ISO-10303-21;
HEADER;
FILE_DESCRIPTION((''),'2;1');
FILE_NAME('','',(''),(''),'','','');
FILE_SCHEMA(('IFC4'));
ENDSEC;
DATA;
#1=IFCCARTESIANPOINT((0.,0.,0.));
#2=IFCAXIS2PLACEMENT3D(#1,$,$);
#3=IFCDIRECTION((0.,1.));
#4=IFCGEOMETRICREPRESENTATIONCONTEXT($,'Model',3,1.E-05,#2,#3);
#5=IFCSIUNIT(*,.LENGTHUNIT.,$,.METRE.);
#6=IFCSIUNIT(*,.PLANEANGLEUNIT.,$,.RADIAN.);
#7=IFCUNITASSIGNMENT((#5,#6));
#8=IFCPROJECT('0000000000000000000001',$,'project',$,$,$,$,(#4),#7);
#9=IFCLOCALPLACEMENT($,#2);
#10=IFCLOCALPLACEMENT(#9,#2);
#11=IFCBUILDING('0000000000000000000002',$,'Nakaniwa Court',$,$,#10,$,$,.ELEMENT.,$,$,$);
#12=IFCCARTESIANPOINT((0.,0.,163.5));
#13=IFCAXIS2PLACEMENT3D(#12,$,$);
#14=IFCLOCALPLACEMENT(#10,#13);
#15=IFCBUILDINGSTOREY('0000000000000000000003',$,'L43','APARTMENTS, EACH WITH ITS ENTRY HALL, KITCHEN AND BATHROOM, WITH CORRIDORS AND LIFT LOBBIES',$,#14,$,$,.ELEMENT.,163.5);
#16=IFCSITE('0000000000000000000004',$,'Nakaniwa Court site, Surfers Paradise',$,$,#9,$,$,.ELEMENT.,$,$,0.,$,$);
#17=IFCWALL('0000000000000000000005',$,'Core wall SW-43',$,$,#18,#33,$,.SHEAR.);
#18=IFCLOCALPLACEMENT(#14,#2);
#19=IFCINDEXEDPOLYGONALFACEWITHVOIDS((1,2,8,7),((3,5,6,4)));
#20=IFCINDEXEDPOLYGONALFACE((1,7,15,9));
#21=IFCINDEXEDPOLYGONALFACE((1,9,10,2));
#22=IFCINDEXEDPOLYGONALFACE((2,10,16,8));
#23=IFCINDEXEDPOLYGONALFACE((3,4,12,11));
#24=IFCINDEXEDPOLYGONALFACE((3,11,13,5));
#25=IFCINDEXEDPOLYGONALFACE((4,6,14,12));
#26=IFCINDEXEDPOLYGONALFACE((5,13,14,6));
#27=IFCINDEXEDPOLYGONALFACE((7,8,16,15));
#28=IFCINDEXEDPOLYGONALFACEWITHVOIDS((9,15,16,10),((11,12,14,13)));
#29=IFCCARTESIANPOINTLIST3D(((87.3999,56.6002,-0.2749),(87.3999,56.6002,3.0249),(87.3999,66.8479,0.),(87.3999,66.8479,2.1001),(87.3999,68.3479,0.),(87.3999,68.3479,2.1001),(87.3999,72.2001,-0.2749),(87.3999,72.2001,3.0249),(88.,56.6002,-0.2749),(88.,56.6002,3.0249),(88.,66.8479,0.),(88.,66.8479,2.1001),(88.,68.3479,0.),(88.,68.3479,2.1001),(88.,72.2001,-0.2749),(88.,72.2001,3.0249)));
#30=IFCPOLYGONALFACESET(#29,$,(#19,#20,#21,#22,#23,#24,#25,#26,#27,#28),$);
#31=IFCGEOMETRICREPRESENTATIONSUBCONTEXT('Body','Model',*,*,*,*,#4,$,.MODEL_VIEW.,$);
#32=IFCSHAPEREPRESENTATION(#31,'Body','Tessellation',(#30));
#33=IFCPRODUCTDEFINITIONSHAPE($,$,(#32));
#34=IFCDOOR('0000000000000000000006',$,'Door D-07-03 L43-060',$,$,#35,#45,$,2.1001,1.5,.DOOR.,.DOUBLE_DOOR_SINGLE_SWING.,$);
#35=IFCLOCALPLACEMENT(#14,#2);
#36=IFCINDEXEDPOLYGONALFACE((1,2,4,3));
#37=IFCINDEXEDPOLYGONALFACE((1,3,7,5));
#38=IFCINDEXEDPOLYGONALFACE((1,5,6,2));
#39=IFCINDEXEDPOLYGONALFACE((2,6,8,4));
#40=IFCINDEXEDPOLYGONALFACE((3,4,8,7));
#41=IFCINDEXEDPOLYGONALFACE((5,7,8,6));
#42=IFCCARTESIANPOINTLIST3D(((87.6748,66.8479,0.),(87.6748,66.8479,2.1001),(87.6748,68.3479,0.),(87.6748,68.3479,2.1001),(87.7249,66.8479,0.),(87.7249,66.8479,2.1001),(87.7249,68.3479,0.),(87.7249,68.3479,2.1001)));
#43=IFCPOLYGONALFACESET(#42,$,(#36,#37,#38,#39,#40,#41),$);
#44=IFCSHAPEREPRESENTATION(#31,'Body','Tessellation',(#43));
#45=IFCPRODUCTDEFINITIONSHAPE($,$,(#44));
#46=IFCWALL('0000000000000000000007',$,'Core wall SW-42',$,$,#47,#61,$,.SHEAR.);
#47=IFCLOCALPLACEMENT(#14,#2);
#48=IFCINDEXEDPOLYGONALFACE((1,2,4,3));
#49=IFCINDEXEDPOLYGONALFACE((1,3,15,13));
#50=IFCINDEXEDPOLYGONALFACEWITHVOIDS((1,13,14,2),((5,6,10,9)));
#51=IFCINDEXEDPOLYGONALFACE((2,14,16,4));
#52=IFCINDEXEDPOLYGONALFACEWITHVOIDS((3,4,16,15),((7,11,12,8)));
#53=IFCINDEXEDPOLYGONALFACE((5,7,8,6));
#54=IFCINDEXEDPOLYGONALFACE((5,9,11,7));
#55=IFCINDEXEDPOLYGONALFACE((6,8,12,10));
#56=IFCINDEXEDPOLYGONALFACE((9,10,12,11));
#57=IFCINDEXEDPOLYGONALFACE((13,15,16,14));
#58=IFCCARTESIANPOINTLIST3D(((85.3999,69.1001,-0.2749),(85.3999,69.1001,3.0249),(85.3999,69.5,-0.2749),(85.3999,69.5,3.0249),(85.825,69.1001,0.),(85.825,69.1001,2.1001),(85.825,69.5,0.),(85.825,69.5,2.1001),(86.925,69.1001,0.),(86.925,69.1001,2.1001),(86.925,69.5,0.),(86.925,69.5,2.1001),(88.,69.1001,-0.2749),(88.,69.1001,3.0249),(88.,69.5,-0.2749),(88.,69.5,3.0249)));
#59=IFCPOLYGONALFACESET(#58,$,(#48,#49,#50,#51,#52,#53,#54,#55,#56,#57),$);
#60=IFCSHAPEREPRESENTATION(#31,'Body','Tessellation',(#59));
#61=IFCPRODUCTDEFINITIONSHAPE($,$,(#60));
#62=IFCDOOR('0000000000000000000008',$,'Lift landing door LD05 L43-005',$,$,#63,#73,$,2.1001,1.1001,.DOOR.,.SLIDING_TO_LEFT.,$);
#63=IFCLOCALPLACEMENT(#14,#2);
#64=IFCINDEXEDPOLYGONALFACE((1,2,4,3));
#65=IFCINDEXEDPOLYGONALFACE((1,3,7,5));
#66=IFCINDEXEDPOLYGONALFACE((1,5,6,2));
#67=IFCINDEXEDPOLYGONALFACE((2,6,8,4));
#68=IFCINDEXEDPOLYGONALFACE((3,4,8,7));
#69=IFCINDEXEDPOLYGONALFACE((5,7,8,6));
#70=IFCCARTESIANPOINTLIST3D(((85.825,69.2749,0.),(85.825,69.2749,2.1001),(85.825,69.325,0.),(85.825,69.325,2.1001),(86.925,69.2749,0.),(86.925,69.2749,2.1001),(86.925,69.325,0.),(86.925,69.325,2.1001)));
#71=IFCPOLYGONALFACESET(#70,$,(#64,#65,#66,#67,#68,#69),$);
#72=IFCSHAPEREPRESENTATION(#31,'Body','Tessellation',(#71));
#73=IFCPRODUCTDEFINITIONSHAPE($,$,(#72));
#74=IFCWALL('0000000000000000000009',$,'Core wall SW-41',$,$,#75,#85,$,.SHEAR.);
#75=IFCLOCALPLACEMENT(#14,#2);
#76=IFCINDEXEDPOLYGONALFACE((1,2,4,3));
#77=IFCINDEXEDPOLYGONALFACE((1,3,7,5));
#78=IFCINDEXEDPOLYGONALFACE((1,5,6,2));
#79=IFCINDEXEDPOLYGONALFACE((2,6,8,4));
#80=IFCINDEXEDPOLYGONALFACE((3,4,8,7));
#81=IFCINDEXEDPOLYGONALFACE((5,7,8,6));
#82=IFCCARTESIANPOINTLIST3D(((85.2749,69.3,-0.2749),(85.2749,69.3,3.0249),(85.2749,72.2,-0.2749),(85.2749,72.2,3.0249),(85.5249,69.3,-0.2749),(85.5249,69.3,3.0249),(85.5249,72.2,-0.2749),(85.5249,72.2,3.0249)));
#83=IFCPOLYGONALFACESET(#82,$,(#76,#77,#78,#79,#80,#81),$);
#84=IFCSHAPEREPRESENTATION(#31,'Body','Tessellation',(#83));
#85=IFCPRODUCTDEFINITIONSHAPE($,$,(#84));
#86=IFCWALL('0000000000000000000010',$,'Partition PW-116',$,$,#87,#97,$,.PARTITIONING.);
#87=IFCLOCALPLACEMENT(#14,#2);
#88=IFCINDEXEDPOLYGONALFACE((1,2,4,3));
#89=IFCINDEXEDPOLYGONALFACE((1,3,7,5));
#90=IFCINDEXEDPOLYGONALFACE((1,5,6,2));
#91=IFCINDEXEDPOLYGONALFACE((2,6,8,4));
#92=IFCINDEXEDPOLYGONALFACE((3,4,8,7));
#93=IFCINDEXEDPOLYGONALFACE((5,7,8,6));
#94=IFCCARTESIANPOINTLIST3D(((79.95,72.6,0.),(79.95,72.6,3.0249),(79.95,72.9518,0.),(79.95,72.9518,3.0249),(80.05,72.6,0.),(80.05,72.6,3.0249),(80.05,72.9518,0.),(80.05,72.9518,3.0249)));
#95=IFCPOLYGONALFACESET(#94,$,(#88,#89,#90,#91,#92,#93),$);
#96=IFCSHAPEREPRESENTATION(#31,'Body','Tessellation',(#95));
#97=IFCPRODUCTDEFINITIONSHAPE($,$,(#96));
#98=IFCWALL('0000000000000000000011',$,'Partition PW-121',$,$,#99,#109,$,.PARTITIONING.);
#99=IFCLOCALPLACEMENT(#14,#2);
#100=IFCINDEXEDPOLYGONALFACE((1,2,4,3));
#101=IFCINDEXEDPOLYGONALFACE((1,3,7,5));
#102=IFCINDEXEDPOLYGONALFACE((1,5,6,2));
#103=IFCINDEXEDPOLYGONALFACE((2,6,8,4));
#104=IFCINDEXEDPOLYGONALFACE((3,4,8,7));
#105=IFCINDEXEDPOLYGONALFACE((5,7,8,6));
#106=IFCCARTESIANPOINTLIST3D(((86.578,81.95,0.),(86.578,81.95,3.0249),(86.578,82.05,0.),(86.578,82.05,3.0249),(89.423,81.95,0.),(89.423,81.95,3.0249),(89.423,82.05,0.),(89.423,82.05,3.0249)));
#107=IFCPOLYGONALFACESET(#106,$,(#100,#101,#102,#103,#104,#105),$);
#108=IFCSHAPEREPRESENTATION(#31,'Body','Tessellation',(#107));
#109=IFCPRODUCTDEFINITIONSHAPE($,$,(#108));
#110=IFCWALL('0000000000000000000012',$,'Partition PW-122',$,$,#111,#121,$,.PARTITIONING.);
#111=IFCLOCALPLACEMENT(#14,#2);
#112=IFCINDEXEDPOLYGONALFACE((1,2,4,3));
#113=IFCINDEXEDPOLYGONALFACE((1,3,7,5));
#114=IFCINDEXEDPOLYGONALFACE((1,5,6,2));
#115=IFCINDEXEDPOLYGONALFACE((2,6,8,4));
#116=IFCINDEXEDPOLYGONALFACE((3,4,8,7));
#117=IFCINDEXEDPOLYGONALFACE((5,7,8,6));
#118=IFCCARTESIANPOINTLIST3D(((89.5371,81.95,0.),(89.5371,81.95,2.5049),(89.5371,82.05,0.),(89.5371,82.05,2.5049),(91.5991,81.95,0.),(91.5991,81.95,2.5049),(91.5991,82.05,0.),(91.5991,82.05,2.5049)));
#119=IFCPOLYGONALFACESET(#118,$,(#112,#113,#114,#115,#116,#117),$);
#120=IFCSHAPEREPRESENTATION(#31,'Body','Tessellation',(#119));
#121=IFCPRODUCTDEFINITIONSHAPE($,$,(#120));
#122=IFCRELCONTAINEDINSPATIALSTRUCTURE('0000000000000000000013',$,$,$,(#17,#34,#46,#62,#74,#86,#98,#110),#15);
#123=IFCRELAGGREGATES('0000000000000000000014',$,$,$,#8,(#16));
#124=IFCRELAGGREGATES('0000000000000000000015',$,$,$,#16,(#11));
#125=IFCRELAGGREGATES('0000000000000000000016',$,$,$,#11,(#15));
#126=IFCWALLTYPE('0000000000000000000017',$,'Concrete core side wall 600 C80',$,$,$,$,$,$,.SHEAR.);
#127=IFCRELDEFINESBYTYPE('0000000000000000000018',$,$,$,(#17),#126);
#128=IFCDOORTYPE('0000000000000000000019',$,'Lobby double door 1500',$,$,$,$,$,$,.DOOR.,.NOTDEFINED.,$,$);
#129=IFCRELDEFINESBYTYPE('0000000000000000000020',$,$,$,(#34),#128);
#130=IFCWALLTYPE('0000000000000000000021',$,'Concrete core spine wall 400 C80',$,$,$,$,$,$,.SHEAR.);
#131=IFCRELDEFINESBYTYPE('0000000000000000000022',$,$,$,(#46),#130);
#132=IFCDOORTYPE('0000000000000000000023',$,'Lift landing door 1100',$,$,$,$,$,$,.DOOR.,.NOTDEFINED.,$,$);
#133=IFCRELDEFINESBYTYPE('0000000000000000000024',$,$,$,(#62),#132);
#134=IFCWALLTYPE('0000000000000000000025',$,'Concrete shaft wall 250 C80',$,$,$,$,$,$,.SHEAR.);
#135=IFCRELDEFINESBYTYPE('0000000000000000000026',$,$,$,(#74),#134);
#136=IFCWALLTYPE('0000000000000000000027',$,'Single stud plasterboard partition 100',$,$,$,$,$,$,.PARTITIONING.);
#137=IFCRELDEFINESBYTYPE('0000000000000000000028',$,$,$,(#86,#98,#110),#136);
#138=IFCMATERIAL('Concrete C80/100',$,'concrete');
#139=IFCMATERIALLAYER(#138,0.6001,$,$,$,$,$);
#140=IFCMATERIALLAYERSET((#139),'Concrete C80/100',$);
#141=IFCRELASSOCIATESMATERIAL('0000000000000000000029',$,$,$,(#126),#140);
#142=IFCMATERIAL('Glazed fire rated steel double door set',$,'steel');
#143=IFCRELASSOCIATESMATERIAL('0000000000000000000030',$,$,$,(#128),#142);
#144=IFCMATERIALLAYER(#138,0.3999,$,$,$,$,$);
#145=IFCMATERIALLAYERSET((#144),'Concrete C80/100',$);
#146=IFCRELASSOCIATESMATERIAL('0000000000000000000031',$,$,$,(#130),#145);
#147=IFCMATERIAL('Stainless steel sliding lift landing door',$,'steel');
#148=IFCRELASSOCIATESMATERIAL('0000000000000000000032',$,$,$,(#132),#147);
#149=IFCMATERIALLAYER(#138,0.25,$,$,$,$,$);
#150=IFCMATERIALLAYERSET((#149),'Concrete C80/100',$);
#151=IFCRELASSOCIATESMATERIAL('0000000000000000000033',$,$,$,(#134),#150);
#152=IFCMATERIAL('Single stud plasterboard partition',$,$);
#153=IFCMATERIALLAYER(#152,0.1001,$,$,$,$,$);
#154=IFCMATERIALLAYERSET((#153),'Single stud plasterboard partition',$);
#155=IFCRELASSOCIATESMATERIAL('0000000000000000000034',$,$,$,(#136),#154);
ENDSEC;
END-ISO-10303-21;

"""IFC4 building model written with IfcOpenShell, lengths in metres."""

from ifc_helpers import new_model, si_unit, direction, frame, frame_2d, origin, place, context, subcontext, project, spatial, rectangle, extrude, material, layer, layer_set, type_object, element, fill, save


model = new_model("IFC4")

# Units and contexts
model_context = context("Model", 3, precision=1e-05, world=origin(), true_north=direction((0.0, 1.0)))
body_context = subcontext(model_context, "Body", "Model", "MODEL_VIEW")
ifc_project = project(units=[si_unit("LENGTHUNIT", "METRE"), si_unit("PLANEANGLEUNIT", "RADIAN")], contexts=[model_context])

# Site, building, storey
site_placement = place(None, origin())
site = spatial("IfcSite", under=ifc_project, at=site_placement, Name="Nakaniwa Court site, Surfers Paradise", CompositionType="ELEMENT", RefElevation=0.0)
building_placement = place(site_placement, origin())
building = spatial("IfcBuilding", under=site, at=building_placement, Name="Nakaniwa Court", CompositionType="ELEMENT")
storey_placement = place(building_placement, frame((0.0, 0.0, 163.5)))
storey = spatial("IfcBuildingStorey", under=building, at=storey_placement, Name="L43", Description="APARTMENTS, EACH WITH ITS ENTRY HALL, KITCHEN AND BATHROOM, WITH CORRIDORS AND LIFT LOBBIES", CompositionType="ELEMENT", Elevation=163.5)

# Shared definitions
ifc_material_1 = material(Name="Concrete C80/100", Category="concrete")

# Walls, openings, doors
ifc_layer_1 = layer(ifc_material_1, 0.6001)
ifc_layer_set_1 = layer_set([ifc_layer_1], Name="Concrete C80/100")
wall_type_1 = type_object("IfcWallType", Name="Concrete core side wall 600 C80", PredefinedType="SHEAR", material=ifc_layer_set_1)
wall_1_placement = place(storey_placement, frame((87.7, 72.2, -0.2749), z_axis=(0.0, 0.0, 1.0), x_axis=(0.0, -1.0, 0.0)))
wall_1 = element("IfcWall", 1, at=wall_1_placement, inside=storey, type_object=wall_type_1, Name="Core wall SW-43", PredefinedType="SHEAR", context=body_context, shape_type="SweptSolid", body=[
    extrude(rectangle(XDim=15.5999, YDim=0.6001, at=frame_2d((7.7998, 0.0))), origin(), (0.0, 0.0, 1.0), 3.2998),
])
opening_1_placement = place(wall_1_placement, frame((3.8521, 0.0, 0.2749)))
opening_1 = element("IfcOpeningElement", 2, at=opening_1_placement, cuts=wall_1, PredefinedType="OPENING", context=body_context, shape_type="SweptSolid", body=[
    extrude(rectangle(XDim=1.5, YDim=2.1001, at=frame_2d((0.75, 1.05))), frame((0.0, 0.3101, 0.0), z_axis=(0.0, -1.0, 0.0), x_axis=(1.0, 0.0, 0.0)), (0.0, 0.0, 1.0), 0.6201),
])
ifc_material_2 = material(Name="Glazed fire rated steel double door set", Category="steel")
door_type_1 = type_object("IfcDoorType", Name="Lobby double door 1500", OperationType="NOTDEFINED", PredefinedType="DOOR", material=ifc_material_2)
door_1_placement = place(opening_1_placement, origin())
door_1 = element("IfcDoor", 3, at=door_1_placement, inside=storey, type_object=door_type_1, Name="Door D-07-03 L43-060", OperationType="DOUBLE_DOOR_SINGLE_SWING", OverallHeight=2.1001, OverallWidth=1.5, PredefinedType="DOOR", context=body_context, shape_type="SweptSolid", body=[
    extrude(rectangle(XDim=1.5, YDim=2.1001, at=frame_2d((0.75, 1.05))), frame((0.0, 0.0249, 0.0), z_axis=(0.0, -1.0, 0.0), x_axis=(1.0, 0.0, 0.0)), (0.0, 0.0, 1.0), 0.05),
])
fill(opening_1, door_1)
ifc_layer_2 = layer(ifc_material_1, 0.3999)
ifc_layer_set_2 = layer_set([ifc_layer_2], Name="Concrete C80/100")
wall_type_2 = type_object("IfcWallType", Name="Concrete core spine wall 400 C80", PredefinedType="SHEAR", material=ifc_layer_set_2)
wall_2_placement = place(storey_placement, frame((85.3999, 69.3, -0.2749), z_axis=(0.0, 0.0, 1.0), x_axis=(1.0, 0.0, 0.0)))
wall_2 = element("IfcWall", 4, at=wall_2_placement, inside=storey, type_object=wall_type_2, Name="Core wall SW-42", PredefinedType="SHEAR", context=body_context, shape_type="SweptSolid", body=[
    extrude(rectangle(XDim=2.6001, YDim=0.3999, at=frame_2d((1.3, 0.0))), origin(), (0.0, 0.0, 1.0), 3.2998),
])
opening_2_placement = place(wall_2_placement, frame((0.425, 0.0, 0.2749)))
opening_2 = element("IfcOpeningElement", 5, at=opening_2_placement, cuts=wall_2, PredefinedType="OPENING", context=body_context, shape_type="SweptSolid", body=[
    extrude(rectangle(XDim=1.1001, YDim=2.1001, at=frame_2d((0.55, 1.05))), frame((0.0, 0.21, 0.0), z_axis=(0.0, -1.0, 0.0), x_axis=(1.0, 0.0, 0.0)), (0.0, 0.0, 1.0), 0.4199),
])
ifc_material_3 = material(Name="Stainless steel sliding lift landing door", Category="steel")
door_type_2 = type_object("IfcDoorType", Name="Lift landing door 1100", OperationType="NOTDEFINED", PredefinedType="DOOR", material=ifc_material_3)
door_2_placement = place(opening_2_placement, origin())
door_2 = element("IfcDoor", 6, at=door_2_placement, inside=storey, type_object=door_type_2, Name="Lift landing door LD05 L43-005", OperationType="SLIDING_TO_LEFT", OverallHeight=2.1001, OverallWidth=1.1001, PredefinedType="DOOR", context=body_context, shape_type="SweptSolid", body=[
    extrude(rectangle(XDim=1.1001, YDim=2.1001, at=frame_2d((0.55, 1.05))), frame((0.0, 0.0249, 0.0), z_axis=(0.0, -1.0, 0.0), x_axis=(1.0, 0.0, 0.0)), (0.0, 0.0, 1.0), 0.05),
])
fill(opening_2, door_2)

# Walls
ifc_layer_3 = layer(ifc_material_1, 0.25)
ifc_layer_set_3 = layer_set([ifc_layer_3], Name="Concrete C80/100")
wall_type_3 = type_object("IfcWallType", Name="Concrete shaft wall 250 C80", PredefinedType="SHEAR", material=ifc_layer_set_3)
wall_3_placement = place(storey_placement, frame((85.3999, 69.3, -0.2749), z_axis=(0.0, 0.0, 1.0), x_axis=(0.0, 1.0, 0.0)))
element("IfcWall", 7, at=wall_3_placement, inside=storey, type_object=wall_type_3, Name="Core wall SW-41", PredefinedType="SHEAR", context=body_context, shape_type="SweptSolid", body=[
    extrude(rectangle(XDim=2.8999, YDim=0.25, at=frame_2d((1.45, 0.0))), origin(), (0.0, 0.0, 1.0), 3.2998),
])
ifc_material_4 = material(Name="Single stud plasterboard partition")
ifc_layer_4 = layer(ifc_material_4, 0.1001)
ifc_layer_set_4 = layer_set([ifc_layer_4], Name="Single stud plasterboard partition")
wall_type_4 = type_object("IfcWallType", Name="Single stud plasterboard partition 100", PredefinedType="PARTITIONING", material=ifc_layer_set_4)
wall_4_placement = place(storey_placement, frame((80.0, 72.6001, 0.0), z_axis=(0.0, 0.0, 1.0), x_axis=(0.0, 1.0, 0.0)))
element("IfcWall", 8, at=wall_4_placement, inside=storey, type_object=wall_type_4, Name="Partition PW-116", PredefinedType="PARTITIONING", context=body_context, shape_type="SweptSolid", body=[
    extrude(rectangle(XDim=0.3518, YDim=0.1001, at=frame_2d((0.1758, 0.0))), origin(), (0.0, 0.0, 1.0), 3.0249),
])
wall_5_placement = place(storey_placement, frame((86.5781, 82.0, 0.0), z_axis=(0.0, 0.0, 1.0), x_axis=(1.0, 0.0, 0.0)))
element("IfcWall", 9, at=wall_5_placement, inside=storey, type_object=wall_type_4, Name="Partition PW-121", PredefinedType="PARTITIONING", context=body_context, shape_type="SweptSolid", body=[
    extrude(rectangle(XDim=2.845, YDim=0.1001, at=frame_2d((1.4224, 0.0))), origin(), (0.0, 0.0, 1.0), 3.0249),
])
wall_6_placement = place(storey_placement, frame((89.5371, 82.0, 0.0), z_axis=(0.0, 0.0, 1.0), x_axis=(1.0, 0.0, 0.0)))
element("IfcWall", 10, at=wall_6_placement, inside=storey, type_object=wall_type_4, Name="Partition PW-122", PredefinedType="PARTITIONING", context=body_context, shape_type="SweptSolid", body=[
    extrude(rectangle(XDim=2.062, YDim=0.1001, at=frame_2d((1.031, 0.0))), origin(), (0.0, 0.0, 1.0), 2.5049),
])

save(model, "model.ifc")
